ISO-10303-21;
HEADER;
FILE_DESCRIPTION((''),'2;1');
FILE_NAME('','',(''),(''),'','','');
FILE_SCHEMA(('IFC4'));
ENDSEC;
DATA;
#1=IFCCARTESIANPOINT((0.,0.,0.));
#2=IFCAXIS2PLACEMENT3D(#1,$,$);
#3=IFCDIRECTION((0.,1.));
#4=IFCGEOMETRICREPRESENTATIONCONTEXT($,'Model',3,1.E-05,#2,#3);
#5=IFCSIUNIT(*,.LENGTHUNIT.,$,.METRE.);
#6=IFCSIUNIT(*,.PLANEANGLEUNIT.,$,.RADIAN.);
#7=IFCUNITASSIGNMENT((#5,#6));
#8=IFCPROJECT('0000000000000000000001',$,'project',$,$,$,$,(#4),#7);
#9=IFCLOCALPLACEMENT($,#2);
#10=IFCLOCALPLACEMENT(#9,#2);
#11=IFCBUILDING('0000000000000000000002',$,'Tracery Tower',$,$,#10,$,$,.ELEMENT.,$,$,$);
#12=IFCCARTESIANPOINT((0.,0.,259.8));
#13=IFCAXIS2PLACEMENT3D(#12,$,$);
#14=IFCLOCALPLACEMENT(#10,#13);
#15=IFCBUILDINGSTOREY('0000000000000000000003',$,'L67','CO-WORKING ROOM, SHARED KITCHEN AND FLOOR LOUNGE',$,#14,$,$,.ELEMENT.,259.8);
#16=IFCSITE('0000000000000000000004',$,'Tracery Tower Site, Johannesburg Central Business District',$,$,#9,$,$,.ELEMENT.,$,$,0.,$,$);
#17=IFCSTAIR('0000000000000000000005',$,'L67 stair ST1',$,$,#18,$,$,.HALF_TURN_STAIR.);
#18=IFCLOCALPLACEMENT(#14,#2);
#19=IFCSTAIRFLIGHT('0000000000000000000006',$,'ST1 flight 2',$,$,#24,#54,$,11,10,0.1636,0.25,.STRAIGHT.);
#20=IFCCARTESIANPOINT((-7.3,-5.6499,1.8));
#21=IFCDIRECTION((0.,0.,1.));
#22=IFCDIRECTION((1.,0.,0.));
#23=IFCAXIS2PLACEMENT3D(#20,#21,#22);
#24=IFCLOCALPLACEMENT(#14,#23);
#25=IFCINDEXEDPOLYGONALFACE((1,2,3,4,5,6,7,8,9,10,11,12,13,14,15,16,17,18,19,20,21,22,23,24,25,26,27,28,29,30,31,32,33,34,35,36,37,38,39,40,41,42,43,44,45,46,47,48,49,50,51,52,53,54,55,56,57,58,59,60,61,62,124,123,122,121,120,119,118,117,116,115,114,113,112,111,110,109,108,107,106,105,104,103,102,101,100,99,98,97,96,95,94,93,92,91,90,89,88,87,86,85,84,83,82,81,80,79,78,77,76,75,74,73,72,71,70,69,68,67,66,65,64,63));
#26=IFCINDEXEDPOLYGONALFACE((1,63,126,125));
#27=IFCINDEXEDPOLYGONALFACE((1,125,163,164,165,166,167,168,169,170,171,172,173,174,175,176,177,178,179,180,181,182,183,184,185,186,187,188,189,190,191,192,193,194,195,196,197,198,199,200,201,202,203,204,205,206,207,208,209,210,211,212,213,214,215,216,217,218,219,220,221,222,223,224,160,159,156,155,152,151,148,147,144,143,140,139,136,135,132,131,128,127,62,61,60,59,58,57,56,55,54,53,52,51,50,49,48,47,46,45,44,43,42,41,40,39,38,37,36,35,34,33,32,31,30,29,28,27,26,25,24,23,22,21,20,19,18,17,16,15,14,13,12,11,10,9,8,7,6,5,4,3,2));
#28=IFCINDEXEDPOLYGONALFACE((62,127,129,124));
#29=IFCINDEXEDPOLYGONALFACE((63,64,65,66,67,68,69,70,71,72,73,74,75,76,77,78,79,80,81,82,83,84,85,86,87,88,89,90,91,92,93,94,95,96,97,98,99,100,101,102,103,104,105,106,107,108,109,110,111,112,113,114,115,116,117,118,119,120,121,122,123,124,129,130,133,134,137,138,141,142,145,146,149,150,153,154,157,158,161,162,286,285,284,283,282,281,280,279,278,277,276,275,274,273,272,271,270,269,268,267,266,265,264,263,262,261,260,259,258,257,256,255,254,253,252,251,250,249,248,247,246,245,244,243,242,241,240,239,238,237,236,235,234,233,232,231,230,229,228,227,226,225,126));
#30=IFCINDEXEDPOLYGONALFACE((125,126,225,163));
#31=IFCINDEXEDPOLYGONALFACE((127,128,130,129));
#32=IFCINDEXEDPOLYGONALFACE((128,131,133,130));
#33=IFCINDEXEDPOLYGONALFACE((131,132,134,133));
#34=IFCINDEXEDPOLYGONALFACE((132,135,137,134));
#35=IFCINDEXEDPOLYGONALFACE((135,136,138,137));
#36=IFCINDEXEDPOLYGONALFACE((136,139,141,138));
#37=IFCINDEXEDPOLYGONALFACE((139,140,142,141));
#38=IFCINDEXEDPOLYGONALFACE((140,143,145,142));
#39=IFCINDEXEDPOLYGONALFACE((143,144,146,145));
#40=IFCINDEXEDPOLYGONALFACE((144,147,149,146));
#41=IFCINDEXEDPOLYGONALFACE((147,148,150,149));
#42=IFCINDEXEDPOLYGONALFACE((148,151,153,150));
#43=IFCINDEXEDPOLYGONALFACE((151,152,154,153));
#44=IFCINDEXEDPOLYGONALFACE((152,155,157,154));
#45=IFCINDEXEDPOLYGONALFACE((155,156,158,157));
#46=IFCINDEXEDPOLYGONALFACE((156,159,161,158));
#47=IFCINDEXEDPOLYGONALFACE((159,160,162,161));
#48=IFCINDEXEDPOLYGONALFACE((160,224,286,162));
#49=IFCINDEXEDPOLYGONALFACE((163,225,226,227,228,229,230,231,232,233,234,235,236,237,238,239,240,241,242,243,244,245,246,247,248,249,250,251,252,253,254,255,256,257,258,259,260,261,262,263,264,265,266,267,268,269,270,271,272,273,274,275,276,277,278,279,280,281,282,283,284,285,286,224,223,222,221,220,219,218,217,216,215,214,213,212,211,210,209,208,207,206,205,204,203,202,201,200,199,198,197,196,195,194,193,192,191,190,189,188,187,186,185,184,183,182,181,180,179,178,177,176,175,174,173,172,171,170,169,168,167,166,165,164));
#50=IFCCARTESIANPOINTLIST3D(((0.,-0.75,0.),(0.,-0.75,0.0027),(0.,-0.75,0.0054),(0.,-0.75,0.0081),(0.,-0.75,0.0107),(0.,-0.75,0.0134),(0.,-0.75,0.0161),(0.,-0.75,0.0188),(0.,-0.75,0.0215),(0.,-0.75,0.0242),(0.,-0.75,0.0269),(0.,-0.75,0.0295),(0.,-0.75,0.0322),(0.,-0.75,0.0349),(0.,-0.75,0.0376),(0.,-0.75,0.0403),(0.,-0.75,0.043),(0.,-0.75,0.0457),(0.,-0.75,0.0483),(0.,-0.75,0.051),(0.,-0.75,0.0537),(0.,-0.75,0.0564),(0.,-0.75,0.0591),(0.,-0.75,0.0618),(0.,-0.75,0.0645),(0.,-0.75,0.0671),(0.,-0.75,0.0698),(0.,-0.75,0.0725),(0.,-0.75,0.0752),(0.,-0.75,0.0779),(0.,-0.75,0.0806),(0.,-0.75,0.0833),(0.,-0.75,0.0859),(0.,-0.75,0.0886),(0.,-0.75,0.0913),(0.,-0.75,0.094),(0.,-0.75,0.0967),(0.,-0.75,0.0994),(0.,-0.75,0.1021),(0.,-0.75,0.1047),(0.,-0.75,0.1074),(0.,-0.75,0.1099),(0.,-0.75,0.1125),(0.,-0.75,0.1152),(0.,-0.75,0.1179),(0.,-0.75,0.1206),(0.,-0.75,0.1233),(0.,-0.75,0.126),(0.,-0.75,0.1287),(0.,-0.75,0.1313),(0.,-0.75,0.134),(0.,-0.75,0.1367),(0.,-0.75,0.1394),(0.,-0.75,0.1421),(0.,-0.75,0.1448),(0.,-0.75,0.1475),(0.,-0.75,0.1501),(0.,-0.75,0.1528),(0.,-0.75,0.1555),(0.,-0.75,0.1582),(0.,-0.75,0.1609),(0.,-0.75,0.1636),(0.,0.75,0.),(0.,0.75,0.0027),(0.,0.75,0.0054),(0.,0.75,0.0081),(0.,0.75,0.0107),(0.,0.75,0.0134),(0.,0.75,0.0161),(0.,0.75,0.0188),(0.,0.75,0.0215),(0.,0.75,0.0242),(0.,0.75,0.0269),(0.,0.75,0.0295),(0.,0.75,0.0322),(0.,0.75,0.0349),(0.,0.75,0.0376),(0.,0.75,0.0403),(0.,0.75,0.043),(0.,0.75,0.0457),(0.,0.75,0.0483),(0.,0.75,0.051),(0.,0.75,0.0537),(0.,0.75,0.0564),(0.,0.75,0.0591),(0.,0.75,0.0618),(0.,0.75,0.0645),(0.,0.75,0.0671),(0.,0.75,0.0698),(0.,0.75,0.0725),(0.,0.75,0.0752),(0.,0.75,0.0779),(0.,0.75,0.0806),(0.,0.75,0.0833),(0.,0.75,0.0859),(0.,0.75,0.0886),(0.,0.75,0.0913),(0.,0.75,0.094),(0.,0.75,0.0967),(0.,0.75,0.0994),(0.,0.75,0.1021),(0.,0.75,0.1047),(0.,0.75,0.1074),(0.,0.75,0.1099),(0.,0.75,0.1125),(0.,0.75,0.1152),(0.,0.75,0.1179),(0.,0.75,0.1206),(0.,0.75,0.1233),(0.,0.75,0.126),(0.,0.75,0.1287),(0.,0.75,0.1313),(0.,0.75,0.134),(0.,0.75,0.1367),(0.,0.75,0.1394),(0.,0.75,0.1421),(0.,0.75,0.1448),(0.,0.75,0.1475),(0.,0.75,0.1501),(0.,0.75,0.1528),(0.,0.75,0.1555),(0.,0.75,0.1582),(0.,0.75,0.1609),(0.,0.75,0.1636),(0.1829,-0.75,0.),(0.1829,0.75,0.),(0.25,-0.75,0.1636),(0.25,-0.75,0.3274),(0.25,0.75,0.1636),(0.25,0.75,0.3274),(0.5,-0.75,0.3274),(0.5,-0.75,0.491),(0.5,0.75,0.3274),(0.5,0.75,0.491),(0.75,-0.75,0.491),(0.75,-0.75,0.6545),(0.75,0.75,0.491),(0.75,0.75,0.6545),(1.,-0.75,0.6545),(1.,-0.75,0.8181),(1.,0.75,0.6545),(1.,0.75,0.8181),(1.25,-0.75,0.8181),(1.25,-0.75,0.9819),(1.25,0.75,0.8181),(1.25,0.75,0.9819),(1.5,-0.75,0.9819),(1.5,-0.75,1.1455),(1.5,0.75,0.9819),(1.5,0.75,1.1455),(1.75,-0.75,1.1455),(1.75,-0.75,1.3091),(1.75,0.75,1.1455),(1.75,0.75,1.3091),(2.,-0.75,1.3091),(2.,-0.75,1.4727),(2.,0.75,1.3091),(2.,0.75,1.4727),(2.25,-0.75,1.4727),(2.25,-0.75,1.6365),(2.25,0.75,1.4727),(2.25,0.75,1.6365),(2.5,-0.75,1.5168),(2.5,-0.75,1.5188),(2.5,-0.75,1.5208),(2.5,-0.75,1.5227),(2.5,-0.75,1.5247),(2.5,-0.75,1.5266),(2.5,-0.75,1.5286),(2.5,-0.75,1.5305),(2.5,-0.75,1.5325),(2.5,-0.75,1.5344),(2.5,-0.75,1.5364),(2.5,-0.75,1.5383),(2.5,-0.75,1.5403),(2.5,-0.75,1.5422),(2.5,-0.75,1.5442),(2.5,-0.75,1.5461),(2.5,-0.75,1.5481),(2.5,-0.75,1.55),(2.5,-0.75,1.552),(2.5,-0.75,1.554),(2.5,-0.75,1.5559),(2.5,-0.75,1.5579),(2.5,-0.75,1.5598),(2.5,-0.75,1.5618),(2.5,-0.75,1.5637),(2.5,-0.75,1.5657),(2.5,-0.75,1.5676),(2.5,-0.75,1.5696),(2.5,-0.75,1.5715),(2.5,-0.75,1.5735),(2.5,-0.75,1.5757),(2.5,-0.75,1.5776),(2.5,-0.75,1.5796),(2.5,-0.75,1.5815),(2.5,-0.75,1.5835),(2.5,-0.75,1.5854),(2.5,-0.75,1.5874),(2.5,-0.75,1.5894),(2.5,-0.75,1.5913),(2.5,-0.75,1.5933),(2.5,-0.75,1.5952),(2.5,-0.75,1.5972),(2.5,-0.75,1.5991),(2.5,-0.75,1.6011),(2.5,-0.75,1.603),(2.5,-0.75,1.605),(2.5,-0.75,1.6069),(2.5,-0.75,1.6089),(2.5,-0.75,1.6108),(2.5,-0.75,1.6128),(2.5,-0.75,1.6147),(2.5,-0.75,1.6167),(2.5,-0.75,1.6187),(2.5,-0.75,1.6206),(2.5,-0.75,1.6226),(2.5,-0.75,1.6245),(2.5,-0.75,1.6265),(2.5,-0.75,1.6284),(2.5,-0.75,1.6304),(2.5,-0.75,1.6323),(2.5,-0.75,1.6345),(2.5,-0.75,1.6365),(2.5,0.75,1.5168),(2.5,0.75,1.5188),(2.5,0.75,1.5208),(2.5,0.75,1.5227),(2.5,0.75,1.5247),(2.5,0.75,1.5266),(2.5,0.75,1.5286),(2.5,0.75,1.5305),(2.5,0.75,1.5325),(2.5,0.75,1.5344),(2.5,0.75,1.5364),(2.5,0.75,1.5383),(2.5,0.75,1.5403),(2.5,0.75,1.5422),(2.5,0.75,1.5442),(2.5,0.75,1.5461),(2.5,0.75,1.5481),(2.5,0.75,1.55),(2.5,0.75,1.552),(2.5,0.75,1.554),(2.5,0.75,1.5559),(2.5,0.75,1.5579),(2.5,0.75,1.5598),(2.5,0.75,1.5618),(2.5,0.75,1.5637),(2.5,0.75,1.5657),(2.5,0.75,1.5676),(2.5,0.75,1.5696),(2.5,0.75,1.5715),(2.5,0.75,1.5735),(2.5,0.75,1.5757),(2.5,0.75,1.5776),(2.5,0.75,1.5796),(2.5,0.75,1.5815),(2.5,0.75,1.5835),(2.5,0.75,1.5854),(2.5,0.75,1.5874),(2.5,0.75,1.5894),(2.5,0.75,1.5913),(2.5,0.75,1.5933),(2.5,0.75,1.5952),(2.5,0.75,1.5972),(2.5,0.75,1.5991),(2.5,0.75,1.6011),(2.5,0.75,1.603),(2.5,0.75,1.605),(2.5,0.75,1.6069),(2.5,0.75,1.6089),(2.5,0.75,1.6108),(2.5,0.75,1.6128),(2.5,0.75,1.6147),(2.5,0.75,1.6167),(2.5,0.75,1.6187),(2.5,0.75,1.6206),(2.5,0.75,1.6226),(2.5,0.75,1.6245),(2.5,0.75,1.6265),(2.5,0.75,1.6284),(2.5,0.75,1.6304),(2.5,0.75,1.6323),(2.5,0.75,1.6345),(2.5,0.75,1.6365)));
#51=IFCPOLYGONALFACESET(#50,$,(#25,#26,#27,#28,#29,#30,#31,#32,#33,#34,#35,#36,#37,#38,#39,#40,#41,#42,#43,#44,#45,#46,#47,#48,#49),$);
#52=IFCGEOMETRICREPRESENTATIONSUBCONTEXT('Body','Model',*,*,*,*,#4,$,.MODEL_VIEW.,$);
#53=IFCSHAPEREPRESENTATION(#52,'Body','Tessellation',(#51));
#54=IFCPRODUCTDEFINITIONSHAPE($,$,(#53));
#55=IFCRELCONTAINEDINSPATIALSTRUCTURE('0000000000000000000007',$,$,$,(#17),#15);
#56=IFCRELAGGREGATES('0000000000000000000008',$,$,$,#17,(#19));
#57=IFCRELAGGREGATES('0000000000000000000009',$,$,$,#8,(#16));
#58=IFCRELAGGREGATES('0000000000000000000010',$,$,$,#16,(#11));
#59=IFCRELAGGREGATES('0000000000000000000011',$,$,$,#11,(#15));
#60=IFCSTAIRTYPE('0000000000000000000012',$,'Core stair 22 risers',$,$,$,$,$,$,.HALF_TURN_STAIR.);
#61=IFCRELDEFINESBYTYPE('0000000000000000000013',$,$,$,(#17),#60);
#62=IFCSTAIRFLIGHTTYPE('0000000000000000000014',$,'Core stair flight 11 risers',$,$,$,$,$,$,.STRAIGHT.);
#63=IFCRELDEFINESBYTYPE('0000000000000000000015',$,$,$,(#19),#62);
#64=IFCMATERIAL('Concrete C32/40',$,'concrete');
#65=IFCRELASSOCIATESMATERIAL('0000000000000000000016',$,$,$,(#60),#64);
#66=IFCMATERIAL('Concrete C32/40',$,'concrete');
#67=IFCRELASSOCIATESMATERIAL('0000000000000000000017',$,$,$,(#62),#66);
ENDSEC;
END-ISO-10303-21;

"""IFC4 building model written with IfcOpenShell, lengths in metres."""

from ifc_helpers import new_model, si_unit, direction, frame, origin, place, context, subcontext, project, spatial, polyline, outline, extrude, material, type_object, element, aggregate, save


model = new_model("IFC4")

# Units and contexts
model_context = context("Model", 3, precision=1e-05, world=origin(), true_north=direction((0.0, 1.0)))
body_context = subcontext(model_context, "Body", "Model", "MODEL_VIEW")
ifc_project = project(units=[si_unit("LENGTHUNIT", "METRE"), si_unit("PLANEANGLEUNIT", "RADIAN")], contexts=[model_context])

# Site, building, storey
site_placement = place(None, origin())
site = spatial("IfcSite", under=ifc_project, at=site_placement, Name="Tracery Tower Site, Johannesburg Central Business District", CompositionType="ELEMENT", RefElevation=0.0)
building_placement = place(site_placement, origin())
building = spatial("IfcBuilding", under=site, at=building_placement, Name="Tracery Tower", CompositionType="ELEMENT")
storey_placement = place(building_placement, frame((0.0, 0.0, 259.8)))
storey = spatial("IfcBuildingStorey", under=building, at=storey_placement, Name="L67", Description="CO-WORKING ROOM, SHARED KITCHEN AND FLOOR LOUNGE", CompositionType="ELEMENT", Elevation=259.8)

# Stair, stair flight
ifc_material_1 = material(Name="Concrete C32/40", Category="concrete")
stair_type = type_object("IfcStairType", Name="Core stair 22 risers", PredefinedType="HALF_TURN_STAIR", material=ifc_material_1)
stair_placement = place(storey_placement, origin())
stair = element("IfcStair", 1, at=stair_placement, inside=storey, type_object=stair_type, Name="L67 stair ST1", PredefinedType="HALF_TURN_STAIR")
ifc_material_2 = material(Name="Concrete C32/40", Category="concrete")
stair_flight_type = type_object("IfcStairFlightType", Name="Core stair flight 11 risers", PredefinedType="STRAIGHT", material=ifc_material_2)
stair_flight_1_placement = place(storey_placement, frame((-7.3, -5.6499, 1.8), z_axis=(0.0, 0.0, 1.0), x_axis=(1.0, 0.0, 0.0)))
stair_flight_1 = element("IfcStairFlight", 2, at=stair_flight_1_placement, type_object=stair_flight_type, Name="ST1 flight 2", NumberOfRisers=11, NumberOfTreads=10, PredefinedType="STRAIGHT", RiserHeight=0.1636, TreadLength=0.25, context=body_context, shape_type="SweptSolid", body=[
    extrude(outline(polyline([(0.0, 0.0), (0.0, 0.0027), (0.0, 0.0054), (0.0, 0.0081), (0.0, 0.0107), (0.0, 0.0134), (0.0, 0.0161), (0.0, 0.0188), (0.0, 0.0215), (0.0, 0.0242), (0.0, 0.0269), (0.0, 0.0295), (0.0, 0.0322), (0.0, 0.0349), (0.0, 0.0376), (0.0, 0.0403), (0.0, 0.043), (0.0, 0.0457), (0.0, 0.0483), (0.0, 0.051), (0.0, 0.0537), (0.0, 0.0564), (0.0, 0.0591), (0.0, 0.0618), (0.0, 0.0645), (0.0, 0.0671), (0.0, 0.0698), (0.0, 0.0725), (0.0, 0.0752), (0.0, 0.0779), (0.0, 0.0806), (0.0, 0.0833), (0.0, 0.0859), (0.0, 0.0886), (0.0, 0.0913), (0.0, 0.094), (0.0, 0.0967), (0.0, 0.0994), (0.0, 0.1021), (0.0, 0.1047), (0.0, 0.1074), (0.0, 0.1099), (0.0, 0.1125), (0.0, 0.1152), (0.0, 0.1179), (0.0, 0.1206), (0.0, 0.1233), (0.0, 0.126), (0.0, 0.1287), (0.0, 0.1313), (0.0, 0.134), (0.0, 0.1367), (0.0, 0.1394), (0.0, 0.1421), (0.0, 0.1448), (0.0, 0.1475), (0.0, 0.1501), (0.0, 0.1528), (0.0, 0.1555), (0.0, 0.1582), (0.0, 0.1609), (0.0, 0.1636), (0.25, 0.1636), (0.25, 0.3274), (0.5, 0.3274), (0.5, 0.491), (0.75, 0.491), (0.75, 0.6545), (1.0, 0.6545), (1.0, 0.8181), (1.25, 0.8181), (1.25, 0.9819), (1.5, 0.9819), (1.5, 1.1455), (1.75, 1.1455), (1.75, 1.3091), (2.0, 1.3091), (2.0, 1.4727), (2.25, 1.4727), (2.25, 1.6365), (2.5, 1.6365), (2.5, 1.6345), (2.5, 1.6323), (2.5, 1.6304), (2.5, 1.6284), (2.5, 1.6265), (2.5, 1.6245), (2.5, 1.6226), (2.5, 1.6206), (2.5, 1.6187), (2.5, 1.6167), (2.5, 1.6147), (2.5, 1.6128), (2.5, 1.6108), (2.5, 1.6089), (2.5, 1.6069), (2.5, 1.605), (2.5, 1.603), (2.5, 1.6011), (2.5, 1.5991), (2.5, 1.5972), (2.5, 1.5952), (2.5, 1.5933), (2.5, 1.5913), (2.5, 1.5894), (2.5, 1.5874), (2.5, 1.5854), (2.5, 1.5835), (2.5, 1.5815), (2.5, 1.5796), (2.5, 1.5776), (2.5, 1.5757), (2.5, 1.5735), (2.5, 1.5715), (2.5, 1.5696), (2.5, 1.5676), (2.5, 1.5657), (2.5, 1.5637), (2.5, 1.5618), (2.5, 1.5598), (2.5, 1.5579), (2.5, 1.5559), (2.5, 1.554), (2.5, 1.552), (2.5, 1.55), (2.5, 1.5481), (2.5, 1.5461), (2.5, 1.5442), (2.5, 1.5422), (2.5, 1.5403), (2.5, 1.5383), (2.5, 1.5364), (2.5, 1.5344), (2.5, 1.5325), (2.5, 1.5305), (2.5, 1.5286), (2.5, 1.5266), (2.5, 1.5247), (2.5, 1.5227), (2.5, 1.5208), (2.5, 1.5188), (2.5, 1.5168), (0.1829, 0.0), (0.0, 0.0)])), frame((0.0, 0.75, 0.0), z_axis=(0.0, -1.0, 0.0), x_axis=(1.0, 0.0, 0.0)), (0.0, 0.0, 1.0), 1.5),
])
aggregate(stair, [stair_flight_1])

save(model, "model.ifc")
